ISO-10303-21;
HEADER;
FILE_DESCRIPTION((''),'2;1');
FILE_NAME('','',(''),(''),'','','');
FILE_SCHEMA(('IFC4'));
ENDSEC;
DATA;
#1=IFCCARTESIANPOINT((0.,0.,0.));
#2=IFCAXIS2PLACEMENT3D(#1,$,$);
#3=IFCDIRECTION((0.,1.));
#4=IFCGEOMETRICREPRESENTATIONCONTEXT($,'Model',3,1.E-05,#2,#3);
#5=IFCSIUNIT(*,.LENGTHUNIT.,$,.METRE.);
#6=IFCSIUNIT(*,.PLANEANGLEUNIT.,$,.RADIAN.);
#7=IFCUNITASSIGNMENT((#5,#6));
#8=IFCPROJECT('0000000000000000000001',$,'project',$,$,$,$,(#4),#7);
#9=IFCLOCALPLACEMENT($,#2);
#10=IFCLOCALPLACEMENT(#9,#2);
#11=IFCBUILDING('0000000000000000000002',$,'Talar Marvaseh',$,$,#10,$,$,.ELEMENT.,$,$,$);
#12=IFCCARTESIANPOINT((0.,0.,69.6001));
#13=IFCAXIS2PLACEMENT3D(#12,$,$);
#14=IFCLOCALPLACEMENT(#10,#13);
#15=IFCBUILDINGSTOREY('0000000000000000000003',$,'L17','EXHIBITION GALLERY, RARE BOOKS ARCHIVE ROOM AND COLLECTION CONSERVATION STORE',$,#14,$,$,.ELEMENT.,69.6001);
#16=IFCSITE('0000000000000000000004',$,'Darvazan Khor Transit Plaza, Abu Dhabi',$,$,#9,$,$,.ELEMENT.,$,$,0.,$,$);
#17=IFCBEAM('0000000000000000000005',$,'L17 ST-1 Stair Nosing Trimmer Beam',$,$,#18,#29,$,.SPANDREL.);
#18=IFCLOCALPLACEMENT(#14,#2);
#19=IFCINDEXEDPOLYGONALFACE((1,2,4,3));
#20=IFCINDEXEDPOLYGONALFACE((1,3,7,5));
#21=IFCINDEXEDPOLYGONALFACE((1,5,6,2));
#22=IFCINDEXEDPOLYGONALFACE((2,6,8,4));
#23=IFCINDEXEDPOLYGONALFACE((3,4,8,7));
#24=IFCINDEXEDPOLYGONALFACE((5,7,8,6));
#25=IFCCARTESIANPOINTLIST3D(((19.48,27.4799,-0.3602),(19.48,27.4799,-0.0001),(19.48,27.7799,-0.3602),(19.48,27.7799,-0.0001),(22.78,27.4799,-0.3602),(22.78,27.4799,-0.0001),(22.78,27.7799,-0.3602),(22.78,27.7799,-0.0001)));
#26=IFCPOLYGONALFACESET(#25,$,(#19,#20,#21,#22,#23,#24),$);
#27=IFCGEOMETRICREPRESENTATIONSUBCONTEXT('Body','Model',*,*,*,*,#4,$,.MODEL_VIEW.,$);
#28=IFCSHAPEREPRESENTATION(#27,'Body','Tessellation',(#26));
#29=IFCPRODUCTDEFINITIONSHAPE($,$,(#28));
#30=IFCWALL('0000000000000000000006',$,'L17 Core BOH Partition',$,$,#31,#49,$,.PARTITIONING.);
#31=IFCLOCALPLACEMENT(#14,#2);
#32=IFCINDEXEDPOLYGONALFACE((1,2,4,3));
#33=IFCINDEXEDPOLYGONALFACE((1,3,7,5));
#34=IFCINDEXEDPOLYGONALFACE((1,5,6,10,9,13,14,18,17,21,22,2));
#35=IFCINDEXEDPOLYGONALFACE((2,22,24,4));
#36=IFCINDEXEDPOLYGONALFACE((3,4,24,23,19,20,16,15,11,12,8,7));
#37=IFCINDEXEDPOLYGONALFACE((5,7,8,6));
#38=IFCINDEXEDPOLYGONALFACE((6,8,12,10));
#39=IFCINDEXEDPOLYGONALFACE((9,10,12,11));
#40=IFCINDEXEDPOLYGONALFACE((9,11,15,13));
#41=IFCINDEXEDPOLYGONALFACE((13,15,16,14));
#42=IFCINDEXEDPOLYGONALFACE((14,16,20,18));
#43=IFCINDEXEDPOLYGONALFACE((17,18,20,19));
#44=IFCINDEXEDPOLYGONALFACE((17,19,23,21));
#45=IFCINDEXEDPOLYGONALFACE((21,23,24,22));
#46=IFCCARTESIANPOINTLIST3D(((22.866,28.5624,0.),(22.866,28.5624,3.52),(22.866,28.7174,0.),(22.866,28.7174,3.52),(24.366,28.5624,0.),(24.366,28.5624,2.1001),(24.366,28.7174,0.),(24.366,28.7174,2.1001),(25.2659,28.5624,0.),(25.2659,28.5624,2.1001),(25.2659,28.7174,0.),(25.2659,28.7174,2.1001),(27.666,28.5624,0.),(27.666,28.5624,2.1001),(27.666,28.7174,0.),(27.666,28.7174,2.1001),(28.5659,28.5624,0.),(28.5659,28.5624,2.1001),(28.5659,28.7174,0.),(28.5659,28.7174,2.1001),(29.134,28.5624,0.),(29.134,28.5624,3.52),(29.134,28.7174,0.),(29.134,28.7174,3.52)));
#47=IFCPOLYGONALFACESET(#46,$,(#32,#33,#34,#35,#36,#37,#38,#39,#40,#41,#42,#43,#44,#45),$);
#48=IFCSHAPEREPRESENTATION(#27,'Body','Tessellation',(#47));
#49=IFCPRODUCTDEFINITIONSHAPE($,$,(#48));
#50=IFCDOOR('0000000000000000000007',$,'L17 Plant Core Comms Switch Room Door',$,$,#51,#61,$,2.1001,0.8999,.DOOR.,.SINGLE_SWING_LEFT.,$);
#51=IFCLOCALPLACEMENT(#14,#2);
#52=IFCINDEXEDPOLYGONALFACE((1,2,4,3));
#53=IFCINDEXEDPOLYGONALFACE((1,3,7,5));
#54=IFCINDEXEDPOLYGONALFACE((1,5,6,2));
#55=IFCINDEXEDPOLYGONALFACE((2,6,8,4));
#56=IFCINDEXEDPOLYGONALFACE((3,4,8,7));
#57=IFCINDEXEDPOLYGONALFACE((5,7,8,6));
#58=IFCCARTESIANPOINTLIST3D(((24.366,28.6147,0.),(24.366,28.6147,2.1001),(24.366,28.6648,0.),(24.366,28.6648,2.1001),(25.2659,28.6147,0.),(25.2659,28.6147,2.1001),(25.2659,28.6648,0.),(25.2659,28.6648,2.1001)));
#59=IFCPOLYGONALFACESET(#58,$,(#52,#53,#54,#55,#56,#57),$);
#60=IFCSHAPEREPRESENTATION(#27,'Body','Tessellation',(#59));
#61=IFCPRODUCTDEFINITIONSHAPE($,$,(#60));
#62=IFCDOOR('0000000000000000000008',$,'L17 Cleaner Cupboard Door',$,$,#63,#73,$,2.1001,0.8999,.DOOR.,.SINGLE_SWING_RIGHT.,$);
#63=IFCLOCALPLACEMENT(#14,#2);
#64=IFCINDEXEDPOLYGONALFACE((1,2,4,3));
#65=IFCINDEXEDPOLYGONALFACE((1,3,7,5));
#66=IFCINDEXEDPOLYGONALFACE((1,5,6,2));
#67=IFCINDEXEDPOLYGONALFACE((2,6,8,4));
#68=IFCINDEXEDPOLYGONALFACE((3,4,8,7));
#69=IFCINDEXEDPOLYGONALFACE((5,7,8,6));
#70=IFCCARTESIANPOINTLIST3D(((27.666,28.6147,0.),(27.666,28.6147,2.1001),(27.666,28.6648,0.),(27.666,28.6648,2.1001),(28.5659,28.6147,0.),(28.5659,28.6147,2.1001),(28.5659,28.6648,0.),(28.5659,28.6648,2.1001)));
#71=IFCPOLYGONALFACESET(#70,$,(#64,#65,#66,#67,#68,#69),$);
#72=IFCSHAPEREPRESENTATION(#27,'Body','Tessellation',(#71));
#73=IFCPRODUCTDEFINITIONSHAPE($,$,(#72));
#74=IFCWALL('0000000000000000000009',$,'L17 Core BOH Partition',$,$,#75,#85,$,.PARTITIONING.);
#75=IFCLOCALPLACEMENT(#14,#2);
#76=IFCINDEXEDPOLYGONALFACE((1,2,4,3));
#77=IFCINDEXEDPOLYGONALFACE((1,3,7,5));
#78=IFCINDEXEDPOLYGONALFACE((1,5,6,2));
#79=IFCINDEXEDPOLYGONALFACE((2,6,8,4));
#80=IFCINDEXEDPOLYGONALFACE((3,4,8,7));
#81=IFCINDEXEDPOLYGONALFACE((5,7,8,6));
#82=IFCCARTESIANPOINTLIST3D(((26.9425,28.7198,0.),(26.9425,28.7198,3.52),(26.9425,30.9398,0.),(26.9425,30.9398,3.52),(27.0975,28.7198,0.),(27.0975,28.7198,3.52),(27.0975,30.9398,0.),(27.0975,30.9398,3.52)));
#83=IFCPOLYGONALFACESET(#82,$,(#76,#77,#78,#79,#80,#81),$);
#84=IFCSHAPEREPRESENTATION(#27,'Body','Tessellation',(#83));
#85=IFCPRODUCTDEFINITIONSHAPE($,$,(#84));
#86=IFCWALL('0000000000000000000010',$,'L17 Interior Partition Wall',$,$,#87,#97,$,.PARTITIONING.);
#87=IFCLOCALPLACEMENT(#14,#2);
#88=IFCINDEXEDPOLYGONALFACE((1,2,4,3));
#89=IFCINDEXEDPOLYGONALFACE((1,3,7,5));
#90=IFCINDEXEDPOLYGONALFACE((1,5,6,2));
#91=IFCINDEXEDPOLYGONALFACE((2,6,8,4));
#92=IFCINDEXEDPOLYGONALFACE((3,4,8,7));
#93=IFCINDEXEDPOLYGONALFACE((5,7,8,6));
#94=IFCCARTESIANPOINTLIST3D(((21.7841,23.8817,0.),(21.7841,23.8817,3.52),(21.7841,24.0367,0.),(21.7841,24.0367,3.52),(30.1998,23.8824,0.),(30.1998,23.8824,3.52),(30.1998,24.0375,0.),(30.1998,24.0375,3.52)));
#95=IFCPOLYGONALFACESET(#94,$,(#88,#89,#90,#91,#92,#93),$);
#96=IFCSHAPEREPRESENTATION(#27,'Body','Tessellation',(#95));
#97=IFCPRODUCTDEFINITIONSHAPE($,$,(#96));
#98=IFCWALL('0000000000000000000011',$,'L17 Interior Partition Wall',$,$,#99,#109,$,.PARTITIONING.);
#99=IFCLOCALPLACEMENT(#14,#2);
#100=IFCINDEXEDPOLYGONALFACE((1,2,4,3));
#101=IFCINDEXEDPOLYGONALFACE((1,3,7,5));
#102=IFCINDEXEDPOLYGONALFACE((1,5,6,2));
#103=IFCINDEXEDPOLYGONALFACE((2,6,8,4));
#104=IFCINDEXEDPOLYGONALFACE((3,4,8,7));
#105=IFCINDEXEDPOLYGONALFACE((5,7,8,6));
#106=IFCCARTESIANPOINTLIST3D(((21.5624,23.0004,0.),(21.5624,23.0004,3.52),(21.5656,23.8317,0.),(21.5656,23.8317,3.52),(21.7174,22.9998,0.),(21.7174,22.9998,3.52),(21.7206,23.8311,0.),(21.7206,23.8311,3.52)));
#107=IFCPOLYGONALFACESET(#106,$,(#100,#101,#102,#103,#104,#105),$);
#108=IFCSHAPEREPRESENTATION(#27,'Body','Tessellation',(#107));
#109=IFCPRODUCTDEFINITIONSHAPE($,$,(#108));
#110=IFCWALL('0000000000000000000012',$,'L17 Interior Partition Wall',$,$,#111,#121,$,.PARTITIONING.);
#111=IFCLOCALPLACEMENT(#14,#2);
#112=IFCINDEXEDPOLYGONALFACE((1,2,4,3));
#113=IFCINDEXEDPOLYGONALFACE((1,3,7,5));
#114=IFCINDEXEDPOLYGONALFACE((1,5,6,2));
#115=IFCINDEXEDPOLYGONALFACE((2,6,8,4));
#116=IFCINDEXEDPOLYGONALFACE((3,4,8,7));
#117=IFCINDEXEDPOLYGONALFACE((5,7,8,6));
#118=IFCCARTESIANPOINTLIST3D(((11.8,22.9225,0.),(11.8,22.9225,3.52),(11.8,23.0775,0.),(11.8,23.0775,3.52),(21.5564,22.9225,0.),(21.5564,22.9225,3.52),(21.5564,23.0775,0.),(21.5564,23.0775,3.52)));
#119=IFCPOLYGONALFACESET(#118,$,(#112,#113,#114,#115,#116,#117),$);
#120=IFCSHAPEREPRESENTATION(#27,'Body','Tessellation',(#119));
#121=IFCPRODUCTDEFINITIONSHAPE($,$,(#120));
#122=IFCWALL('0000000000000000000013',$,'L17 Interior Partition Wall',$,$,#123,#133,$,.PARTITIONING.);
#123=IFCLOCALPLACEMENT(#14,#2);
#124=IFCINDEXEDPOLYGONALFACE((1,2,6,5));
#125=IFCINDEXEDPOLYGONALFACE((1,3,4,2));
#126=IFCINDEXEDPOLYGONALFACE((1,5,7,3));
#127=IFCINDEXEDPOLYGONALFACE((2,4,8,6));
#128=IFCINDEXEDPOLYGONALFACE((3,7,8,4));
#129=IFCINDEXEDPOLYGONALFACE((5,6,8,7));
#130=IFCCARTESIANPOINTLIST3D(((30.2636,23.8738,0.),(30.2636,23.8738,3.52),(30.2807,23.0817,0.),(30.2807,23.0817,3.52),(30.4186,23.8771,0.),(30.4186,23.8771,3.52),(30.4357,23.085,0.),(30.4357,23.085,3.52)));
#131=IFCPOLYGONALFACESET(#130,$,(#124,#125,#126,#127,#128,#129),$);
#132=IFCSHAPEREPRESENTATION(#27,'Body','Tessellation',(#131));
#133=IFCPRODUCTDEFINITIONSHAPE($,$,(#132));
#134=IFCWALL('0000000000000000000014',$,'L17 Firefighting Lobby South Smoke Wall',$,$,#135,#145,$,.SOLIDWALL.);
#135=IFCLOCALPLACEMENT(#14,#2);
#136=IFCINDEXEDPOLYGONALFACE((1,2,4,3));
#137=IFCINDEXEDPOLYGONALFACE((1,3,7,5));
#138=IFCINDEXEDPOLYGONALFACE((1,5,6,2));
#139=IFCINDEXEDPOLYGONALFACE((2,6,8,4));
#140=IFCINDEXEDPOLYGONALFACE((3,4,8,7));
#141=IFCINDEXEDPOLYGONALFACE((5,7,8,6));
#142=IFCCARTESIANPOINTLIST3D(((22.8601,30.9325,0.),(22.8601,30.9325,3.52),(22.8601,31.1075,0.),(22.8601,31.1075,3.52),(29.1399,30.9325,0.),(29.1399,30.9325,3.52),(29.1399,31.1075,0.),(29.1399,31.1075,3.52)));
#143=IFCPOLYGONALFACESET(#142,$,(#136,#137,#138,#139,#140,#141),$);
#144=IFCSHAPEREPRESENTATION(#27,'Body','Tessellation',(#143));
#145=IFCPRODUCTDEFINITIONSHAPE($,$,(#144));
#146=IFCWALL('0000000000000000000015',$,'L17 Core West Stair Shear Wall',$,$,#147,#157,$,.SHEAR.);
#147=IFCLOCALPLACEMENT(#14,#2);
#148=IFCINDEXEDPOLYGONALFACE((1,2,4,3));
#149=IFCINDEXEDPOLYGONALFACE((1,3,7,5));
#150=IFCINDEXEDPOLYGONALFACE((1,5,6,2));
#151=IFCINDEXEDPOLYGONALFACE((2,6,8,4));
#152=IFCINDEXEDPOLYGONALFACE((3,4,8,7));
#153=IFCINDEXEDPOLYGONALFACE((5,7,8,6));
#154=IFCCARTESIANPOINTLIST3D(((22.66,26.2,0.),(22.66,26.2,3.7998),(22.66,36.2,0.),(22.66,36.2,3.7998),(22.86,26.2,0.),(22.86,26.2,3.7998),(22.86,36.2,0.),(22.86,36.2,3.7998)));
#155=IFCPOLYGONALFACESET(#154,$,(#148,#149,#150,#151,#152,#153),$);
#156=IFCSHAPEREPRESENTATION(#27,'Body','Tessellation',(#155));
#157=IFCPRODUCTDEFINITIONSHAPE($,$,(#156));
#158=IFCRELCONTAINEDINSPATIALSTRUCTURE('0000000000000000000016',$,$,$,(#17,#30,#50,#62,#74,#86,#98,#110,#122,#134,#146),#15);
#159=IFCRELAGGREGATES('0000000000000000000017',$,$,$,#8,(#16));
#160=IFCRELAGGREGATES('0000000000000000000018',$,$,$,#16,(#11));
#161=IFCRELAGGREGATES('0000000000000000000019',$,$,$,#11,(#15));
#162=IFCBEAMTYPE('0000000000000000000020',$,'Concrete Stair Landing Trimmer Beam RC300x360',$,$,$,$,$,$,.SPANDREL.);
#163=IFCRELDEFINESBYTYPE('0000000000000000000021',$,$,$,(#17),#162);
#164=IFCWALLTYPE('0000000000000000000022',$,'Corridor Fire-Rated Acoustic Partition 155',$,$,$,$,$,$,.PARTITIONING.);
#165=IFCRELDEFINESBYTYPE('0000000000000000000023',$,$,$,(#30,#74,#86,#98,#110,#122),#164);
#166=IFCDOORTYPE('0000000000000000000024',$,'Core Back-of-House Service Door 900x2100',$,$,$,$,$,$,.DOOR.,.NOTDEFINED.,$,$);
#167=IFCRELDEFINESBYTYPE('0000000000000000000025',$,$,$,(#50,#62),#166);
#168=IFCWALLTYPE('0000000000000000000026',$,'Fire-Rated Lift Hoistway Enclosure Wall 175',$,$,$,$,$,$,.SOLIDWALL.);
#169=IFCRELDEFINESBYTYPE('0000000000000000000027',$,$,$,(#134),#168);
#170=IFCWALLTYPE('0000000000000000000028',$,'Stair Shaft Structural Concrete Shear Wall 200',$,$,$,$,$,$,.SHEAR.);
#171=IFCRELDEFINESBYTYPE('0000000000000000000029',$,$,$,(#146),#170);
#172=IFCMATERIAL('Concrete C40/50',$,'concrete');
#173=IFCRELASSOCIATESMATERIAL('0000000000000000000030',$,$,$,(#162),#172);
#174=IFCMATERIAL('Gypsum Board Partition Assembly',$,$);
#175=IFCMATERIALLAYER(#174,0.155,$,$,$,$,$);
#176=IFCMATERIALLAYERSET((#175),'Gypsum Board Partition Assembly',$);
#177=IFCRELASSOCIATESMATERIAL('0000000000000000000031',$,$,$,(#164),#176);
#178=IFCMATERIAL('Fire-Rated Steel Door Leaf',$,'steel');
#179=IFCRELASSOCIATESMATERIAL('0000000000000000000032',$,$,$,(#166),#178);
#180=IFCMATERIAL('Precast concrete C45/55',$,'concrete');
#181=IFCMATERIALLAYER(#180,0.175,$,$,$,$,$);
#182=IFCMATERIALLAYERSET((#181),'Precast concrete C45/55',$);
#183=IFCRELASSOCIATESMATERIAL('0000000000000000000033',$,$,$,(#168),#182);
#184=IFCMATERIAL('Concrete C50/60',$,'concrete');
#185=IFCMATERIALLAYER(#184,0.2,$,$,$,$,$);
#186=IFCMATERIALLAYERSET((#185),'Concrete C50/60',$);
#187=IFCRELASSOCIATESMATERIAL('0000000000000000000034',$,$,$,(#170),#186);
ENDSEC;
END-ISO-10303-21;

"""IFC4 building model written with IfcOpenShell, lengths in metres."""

from ifc_helpers import new_model, si_unit, direction, frame, frame_2d, origin, origin_2d, place, context, subcontext, project, spatial, rectangle, extrude, source, transform, mapped, material, layer, layer_set, material_profile, profile_set, type_object, type_shapes, element, fill, save


model = new_model("IFC4")

# Units and contexts
model_context = context("Model", 3, precision=1e-05, world=origin(), true_north=direction((0.0, 1.0)))
body_context = subcontext(model_context, "Body", "Model", "MODEL_VIEW")
ifc_project = project(units=[si_unit("LENGTHUNIT", "METRE"), si_unit("PLANEANGLEUNIT", "RADIAN")], contexts=[model_context])

# Site, building, storey
site_placement = place(None, origin())
site = spatial("IfcSite", under=ifc_project, at=site_placement, Name="Darvazan Khor Transit Plaza, Abu Dhabi", CompositionType="ELEMENT", RefElevation=0.0)
building_placement = place(site_placement, origin())
building = spatial("IfcBuilding", under=site, at=building_placement, Name="Talar Marvaseh", CompositionType="ELEMENT")
storey_placement = place(building_placement, frame((0.0, 0.0, 69.6001)))
storey = spatial("IfcBuildingStorey", under=building, at=storey_placement, Name="L17", Description="EXHIBITION GALLERY, RARE BOOKS ARCHIVE ROOM AND COLLECTION CONSERVATION STORE", CompositionType="ELEMENT", Elevation=69.6001)

# Beam
ifc_material_1 = material(Name="Concrete C40/50", Category="concrete")
ifc_material_profile = material_profile(ifc_material_1, rectangle(XDim=0.3, YDim=0.3601, at=origin_2d()), Name="RC300x360")
ifc_profile_set = profile_set([ifc_material_profile], Name="Concrete C40/50")
beam_type = type_object("IfcBeamType", Name="Concrete Stair Landing Trimmer Beam RC300x360", PredefinedType="SPANDREL", material=ifc_profile_set)
beam_placement = place(storey_placement, frame((22.78, 27.6299, -0.1802), z_axis=(-1.0, 0.0, 0.0), x_axis=(0.0, -1.0, 0.0)))
element("IfcBeam", 1, at=beam_placement, inside=storey, type_object=beam_type, Name="L17 ST-1 Stair Nosing Trimmer Beam", PredefinedType="SPANDREL", context=body_context, shape_type="SweptSolid", body=[
    extrude(rectangle(XDim=0.3, YDim=0.3601, at=origin_2d()), origin(), (0.0, 0.0, 1.0), 3.3),
])

# Wall, openings, doors
ifc_material_2 = material(Name="Gypsum Board Partition Assembly")
ifc_layer_1 = layer(ifc_material_2, 0.155)
ifc_layer_set_1 = layer_set([ifc_layer_1], Name="Gypsum Board Partition Assembly")
wall_type_1 = type_object("IfcWallType", Name="Corridor Fire-Rated Acoustic Partition 155", PredefinedType="PARTITIONING", material=ifc_layer_set_1)
wall_1_placement = place(storey_placement, frame((22.866, 28.6399, 0.0), z_axis=(0.0, 0.0, 1.0), x_axis=(1.0, 0.0, 0.0)))
wall_1 = element("IfcWall", 2, at=wall_1_placement, inside=storey, type_object=wall_type_1, Name="L17 Core BOH Partition", PredefinedType="PARTITIONING", context=body_context, shape_type="SweptSolid", body=[
    extrude(rectangle(XDim=6.2681, YDim=0.155, at=frame_2d((3.134, 0.0))), origin(), (0.0, 0.0, 1.0), 3.52),
])
opening_1_placement = place(wall_1_placement, frame((1.5, 0.0, 0.0)))
opening_1 = element("IfcOpeningElement", 3, at=opening_1_placement, cuts=wall_1, PredefinedType="OPENING", context=body_context, shape_type="SweptSolid", body=[
    extrude(rectangle(XDim=0.8999, YDim=2.1001, at=frame_2d((0.45, 1.05))), frame((0.0, 0.0874, 0.0), z_axis=(0.0, -1.0, 0.0), x_axis=(1.0, 0.0, 0.0)), (0.0, 0.0, 1.0), 0.175),
])
opening_2_placement = place(wall_1_placement, frame((4.8, 0.0, 0.0)))
opening_2 = element("IfcOpeningElement", 4, at=opening_2_placement, cuts=wall_1, PredefinedType="OPENING", context=body_context, shape_type="SweptSolid", body=[
    extrude(rectangle(XDim=0.8999, YDim=2.1001, at=frame_2d((0.45, 1.05))), frame((0.0, 0.0874, 0.0), z_axis=(0.0, -1.0, 0.0), x_axis=(1.0, 0.0, 0.0)), (0.0, 0.0, 1.0), 0.175),
])
ifc_material_3 = material(Name="Fire-Rated Steel Door Leaf", Category="steel")
door_type_1 = type_object("IfcDoorType", Name="Core Back-of-House Service Door 900x2100", OperationType="NOTDEFINED", PredefinedType="DOOR", material=ifc_material_3)
shared_shape_1 = source(origin(), body_context, "Body", "SweptSolid", [
    extrude(rectangle(XDim=0.8999, YDim=2.1001, at=frame_2d((0.45, 1.05))), frame((0.0, 0.0249, 0.0), z_axis=(0.0, -1.0, 0.0), x_axis=(1.0, 0.0, 0.0)), (0.0, 0.0, 1.0), 0.05),
])
type_shapes(door_type_1, [shared_shape_1])
door_1_placement = place(opening_1_placement, origin())
door_1 = element("IfcDoor", 5, at=door_1_placement, inside=storey, type_object=door_type_1, Name="L17 Plant Core Comms Switch Room Door", OperationType="SINGLE_SWING_LEFT", OverallHeight=2.1001, OverallWidth=0.8999, PredefinedType="DOOR", context=body_context, shape_type="MappedRepresentation", body=[
    mapped(shared_shape_1, transform((0.0, 0.0, 0.0), x_axis=(1.0, 0.0, 0.0), y_axis=(0.0, 1.0, 0.0), z_axis=(0.0, 0.0, 1.0), scale=1.0)),
])
fill(opening_1, door_1)
door_2_placement = place(opening_2_placement, origin())
door_2 = element("IfcDoor", 6, at=door_2_placement, inside=storey, type_object=door_type_1, Name="L17 Cleaner Cupboard Door", OperationType="SINGLE_SWING_RIGHT", OverallHeight=2.1001, OverallWidth=0.8999, PredefinedType="DOOR", context=body_context, shape_type="MappedRepresentation", body=[
    mapped(shared_shape_1, transform((0.0, 0.0, 0.0), x_axis=(1.0, 0.0, 0.0), y_axis=(0.0, 1.0, 0.0), z_axis=(0.0, 0.0, 1.0), scale=1.0)),
])
fill(opening_2, door_2)

# Walls
wall_2_placement = place(storey_placement, frame((27.02, 28.72, 0.0), z_axis=(0.0, 0.0, 1.0), x_axis=(0.0, 1.0, 0.0)))
element("IfcWall", 7, at=wall_2_placement, inside=storey, type_object=wall_type_1, Name="L17 Core BOH Partition", PredefinedType="PARTITIONING", context=body_context, shape_type="SweptSolid", body=[
    extrude(rectangle(XDim=2.22, YDim=0.155, at=frame_2d((1.1099, 0.0))), origin(), (0.0, 0.0, 1.0), 3.52),
])
wall_3_placement = place(storey_placement, frame((30.2, 23.96, 0.0), z_axis=(0.0, 0.0, 1.0), x_axis=(-1.0, -0.000087, 0.0)))
element("IfcWall", 8, at=wall_3_placement, inside=storey, type_object=wall_type_1, Name="L17 Interior Partition Wall", PredefinedType="PARTITIONING", context=body_context, shape_type="SweptSolid", body=[
    extrude(rectangle(XDim=8.4158, YDim=0.155, at=frame_2d((4.208, 0.0))), origin(), (0.0, 0.0, 1.0), 3.52),
])
wall_4_placement = place(storey_placement, frame((21.6431, 23.8313, 0.0), z_axis=(0.0, 0.0, 1.0), x_axis=(-0.003818, -0.999993, 0.0)))
element("IfcWall", 9, at=wall_4_placement, inside=storey, type_object=wall_type_1, Name="L17 Interior Partition Wall", PredefinedType="PARTITIONING", context=body_context, shape_type="SweptSolid", body=[
    extrude(rectangle(XDim=0.8313, YDim=0.155, at=frame_2d((0.4155, 0.0))), origin(), (0.0, 0.0, 1.0), 3.52),
])
wall_5_placement = place(storey_placement, frame((21.5564, 23.0, 0.0), z_axis=(0.0, 0.0, 1.0), x_axis=(-1.0, 0.0, 0.0)))
element("IfcWall", 10, at=wall_5_placement, inside=storey, type_object=wall_type_1, Name="L17 Interior Partition Wall", PredefinedType="PARTITIONING", context=body_context, shape_type="SweptSolid", body=[
    extrude(rectangle(XDim=9.7563, YDim=0.155, at=frame_2d((4.8782, 0.0))), origin(), (0.0, 0.0, 1.0), 3.52),
])
wall_6_placement = place(storey_placement, frame((30.3582, 23.0835, 0.0), z_axis=(0.0, 0.0, 1.0), x_axis=(-0.021573, 0.999767, 0.0)))
element("IfcWall", 11, at=wall_6_placement, inside=storey, type_object=wall_type_1, Name="L17 Interior Partition Wall", PredefinedType="PARTITIONING", context=body_context, shape_type="SweptSolid", body=[
    extrude(rectangle(XDim=0.7922, YDim=0.155, at=frame_2d((0.396, 0.0))), origin(), (0.0, 0.0, 1.0), 3.52),
])
ifc_material_4 = material(Name="Precast concrete C45/55", Category="concrete")
ifc_layer_2 = layer(ifc_material_4, 0.175)
ifc_layer_set_2 = layer_set([ifc_layer_2], Name="Precast concrete C45/55")
wall_type_2 = type_object("IfcWallType", Name="Fire-Rated Lift Hoistway Enclosure Wall 175", PredefinedType="SOLIDWALL", material=ifc_layer_set_2)
wall_7_placement = place(storey_placement, frame((22.8601, 31.02, 0.0), z_axis=(0.0, 0.0, 1.0), x_axis=(1.0, 0.0, 0.0)))
element("IfcWall", 12, at=wall_7_placement, inside=storey, type_object=wall_type_2, Name="L17 Firefighting Lobby South Smoke Wall", PredefinedType="SOLIDWALL", context=body_context, shape_type="SweptSolid", body=[
    extrude(rectangle(XDim=6.2798, YDim=0.175, at=frame_2d((3.1399, 0.0))), origin(), (0.0, 0.0, 1.0), 3.52),
])
ifc_material_5 = material(Name="Concrete C50/60", Category="concrete")
ifc_layer_3 = layer(ifc_material_5, 0.2)
ifc_layer_set_3 = layer_set([ifc_layer_3], Name="Concrete C50/60")
wall_type_3 = type_object("IfcWallType", Name="Stair Shaft Structural Concrete Shear Wall 200", PredefinedType="SHEAR", material=ifc_layer_set_3)
wall_8_placement = place(storey_placement, frame((22.76, 26.2, 0.0), z_axis=(0.0, 0.0, 1.0), x_axis=(0.0, 1.0, 0.0)))
element("IfcWall", 13, at=wall_8_placement, inside=storey, type_object=wall_type_3, Name="L17 Core West Stair Shear Wall", PredefinedType="SHEAR", context=body_context, shape_type="SweptSolid", body=[
    extrude(rectangle(XDim=10.0, YDim=0.2, at=frame_2d((5.0, 0.0))), origin(), (0.0, 0.0, 1.0), 3.7998),
])

save(model, "model.ifc")
